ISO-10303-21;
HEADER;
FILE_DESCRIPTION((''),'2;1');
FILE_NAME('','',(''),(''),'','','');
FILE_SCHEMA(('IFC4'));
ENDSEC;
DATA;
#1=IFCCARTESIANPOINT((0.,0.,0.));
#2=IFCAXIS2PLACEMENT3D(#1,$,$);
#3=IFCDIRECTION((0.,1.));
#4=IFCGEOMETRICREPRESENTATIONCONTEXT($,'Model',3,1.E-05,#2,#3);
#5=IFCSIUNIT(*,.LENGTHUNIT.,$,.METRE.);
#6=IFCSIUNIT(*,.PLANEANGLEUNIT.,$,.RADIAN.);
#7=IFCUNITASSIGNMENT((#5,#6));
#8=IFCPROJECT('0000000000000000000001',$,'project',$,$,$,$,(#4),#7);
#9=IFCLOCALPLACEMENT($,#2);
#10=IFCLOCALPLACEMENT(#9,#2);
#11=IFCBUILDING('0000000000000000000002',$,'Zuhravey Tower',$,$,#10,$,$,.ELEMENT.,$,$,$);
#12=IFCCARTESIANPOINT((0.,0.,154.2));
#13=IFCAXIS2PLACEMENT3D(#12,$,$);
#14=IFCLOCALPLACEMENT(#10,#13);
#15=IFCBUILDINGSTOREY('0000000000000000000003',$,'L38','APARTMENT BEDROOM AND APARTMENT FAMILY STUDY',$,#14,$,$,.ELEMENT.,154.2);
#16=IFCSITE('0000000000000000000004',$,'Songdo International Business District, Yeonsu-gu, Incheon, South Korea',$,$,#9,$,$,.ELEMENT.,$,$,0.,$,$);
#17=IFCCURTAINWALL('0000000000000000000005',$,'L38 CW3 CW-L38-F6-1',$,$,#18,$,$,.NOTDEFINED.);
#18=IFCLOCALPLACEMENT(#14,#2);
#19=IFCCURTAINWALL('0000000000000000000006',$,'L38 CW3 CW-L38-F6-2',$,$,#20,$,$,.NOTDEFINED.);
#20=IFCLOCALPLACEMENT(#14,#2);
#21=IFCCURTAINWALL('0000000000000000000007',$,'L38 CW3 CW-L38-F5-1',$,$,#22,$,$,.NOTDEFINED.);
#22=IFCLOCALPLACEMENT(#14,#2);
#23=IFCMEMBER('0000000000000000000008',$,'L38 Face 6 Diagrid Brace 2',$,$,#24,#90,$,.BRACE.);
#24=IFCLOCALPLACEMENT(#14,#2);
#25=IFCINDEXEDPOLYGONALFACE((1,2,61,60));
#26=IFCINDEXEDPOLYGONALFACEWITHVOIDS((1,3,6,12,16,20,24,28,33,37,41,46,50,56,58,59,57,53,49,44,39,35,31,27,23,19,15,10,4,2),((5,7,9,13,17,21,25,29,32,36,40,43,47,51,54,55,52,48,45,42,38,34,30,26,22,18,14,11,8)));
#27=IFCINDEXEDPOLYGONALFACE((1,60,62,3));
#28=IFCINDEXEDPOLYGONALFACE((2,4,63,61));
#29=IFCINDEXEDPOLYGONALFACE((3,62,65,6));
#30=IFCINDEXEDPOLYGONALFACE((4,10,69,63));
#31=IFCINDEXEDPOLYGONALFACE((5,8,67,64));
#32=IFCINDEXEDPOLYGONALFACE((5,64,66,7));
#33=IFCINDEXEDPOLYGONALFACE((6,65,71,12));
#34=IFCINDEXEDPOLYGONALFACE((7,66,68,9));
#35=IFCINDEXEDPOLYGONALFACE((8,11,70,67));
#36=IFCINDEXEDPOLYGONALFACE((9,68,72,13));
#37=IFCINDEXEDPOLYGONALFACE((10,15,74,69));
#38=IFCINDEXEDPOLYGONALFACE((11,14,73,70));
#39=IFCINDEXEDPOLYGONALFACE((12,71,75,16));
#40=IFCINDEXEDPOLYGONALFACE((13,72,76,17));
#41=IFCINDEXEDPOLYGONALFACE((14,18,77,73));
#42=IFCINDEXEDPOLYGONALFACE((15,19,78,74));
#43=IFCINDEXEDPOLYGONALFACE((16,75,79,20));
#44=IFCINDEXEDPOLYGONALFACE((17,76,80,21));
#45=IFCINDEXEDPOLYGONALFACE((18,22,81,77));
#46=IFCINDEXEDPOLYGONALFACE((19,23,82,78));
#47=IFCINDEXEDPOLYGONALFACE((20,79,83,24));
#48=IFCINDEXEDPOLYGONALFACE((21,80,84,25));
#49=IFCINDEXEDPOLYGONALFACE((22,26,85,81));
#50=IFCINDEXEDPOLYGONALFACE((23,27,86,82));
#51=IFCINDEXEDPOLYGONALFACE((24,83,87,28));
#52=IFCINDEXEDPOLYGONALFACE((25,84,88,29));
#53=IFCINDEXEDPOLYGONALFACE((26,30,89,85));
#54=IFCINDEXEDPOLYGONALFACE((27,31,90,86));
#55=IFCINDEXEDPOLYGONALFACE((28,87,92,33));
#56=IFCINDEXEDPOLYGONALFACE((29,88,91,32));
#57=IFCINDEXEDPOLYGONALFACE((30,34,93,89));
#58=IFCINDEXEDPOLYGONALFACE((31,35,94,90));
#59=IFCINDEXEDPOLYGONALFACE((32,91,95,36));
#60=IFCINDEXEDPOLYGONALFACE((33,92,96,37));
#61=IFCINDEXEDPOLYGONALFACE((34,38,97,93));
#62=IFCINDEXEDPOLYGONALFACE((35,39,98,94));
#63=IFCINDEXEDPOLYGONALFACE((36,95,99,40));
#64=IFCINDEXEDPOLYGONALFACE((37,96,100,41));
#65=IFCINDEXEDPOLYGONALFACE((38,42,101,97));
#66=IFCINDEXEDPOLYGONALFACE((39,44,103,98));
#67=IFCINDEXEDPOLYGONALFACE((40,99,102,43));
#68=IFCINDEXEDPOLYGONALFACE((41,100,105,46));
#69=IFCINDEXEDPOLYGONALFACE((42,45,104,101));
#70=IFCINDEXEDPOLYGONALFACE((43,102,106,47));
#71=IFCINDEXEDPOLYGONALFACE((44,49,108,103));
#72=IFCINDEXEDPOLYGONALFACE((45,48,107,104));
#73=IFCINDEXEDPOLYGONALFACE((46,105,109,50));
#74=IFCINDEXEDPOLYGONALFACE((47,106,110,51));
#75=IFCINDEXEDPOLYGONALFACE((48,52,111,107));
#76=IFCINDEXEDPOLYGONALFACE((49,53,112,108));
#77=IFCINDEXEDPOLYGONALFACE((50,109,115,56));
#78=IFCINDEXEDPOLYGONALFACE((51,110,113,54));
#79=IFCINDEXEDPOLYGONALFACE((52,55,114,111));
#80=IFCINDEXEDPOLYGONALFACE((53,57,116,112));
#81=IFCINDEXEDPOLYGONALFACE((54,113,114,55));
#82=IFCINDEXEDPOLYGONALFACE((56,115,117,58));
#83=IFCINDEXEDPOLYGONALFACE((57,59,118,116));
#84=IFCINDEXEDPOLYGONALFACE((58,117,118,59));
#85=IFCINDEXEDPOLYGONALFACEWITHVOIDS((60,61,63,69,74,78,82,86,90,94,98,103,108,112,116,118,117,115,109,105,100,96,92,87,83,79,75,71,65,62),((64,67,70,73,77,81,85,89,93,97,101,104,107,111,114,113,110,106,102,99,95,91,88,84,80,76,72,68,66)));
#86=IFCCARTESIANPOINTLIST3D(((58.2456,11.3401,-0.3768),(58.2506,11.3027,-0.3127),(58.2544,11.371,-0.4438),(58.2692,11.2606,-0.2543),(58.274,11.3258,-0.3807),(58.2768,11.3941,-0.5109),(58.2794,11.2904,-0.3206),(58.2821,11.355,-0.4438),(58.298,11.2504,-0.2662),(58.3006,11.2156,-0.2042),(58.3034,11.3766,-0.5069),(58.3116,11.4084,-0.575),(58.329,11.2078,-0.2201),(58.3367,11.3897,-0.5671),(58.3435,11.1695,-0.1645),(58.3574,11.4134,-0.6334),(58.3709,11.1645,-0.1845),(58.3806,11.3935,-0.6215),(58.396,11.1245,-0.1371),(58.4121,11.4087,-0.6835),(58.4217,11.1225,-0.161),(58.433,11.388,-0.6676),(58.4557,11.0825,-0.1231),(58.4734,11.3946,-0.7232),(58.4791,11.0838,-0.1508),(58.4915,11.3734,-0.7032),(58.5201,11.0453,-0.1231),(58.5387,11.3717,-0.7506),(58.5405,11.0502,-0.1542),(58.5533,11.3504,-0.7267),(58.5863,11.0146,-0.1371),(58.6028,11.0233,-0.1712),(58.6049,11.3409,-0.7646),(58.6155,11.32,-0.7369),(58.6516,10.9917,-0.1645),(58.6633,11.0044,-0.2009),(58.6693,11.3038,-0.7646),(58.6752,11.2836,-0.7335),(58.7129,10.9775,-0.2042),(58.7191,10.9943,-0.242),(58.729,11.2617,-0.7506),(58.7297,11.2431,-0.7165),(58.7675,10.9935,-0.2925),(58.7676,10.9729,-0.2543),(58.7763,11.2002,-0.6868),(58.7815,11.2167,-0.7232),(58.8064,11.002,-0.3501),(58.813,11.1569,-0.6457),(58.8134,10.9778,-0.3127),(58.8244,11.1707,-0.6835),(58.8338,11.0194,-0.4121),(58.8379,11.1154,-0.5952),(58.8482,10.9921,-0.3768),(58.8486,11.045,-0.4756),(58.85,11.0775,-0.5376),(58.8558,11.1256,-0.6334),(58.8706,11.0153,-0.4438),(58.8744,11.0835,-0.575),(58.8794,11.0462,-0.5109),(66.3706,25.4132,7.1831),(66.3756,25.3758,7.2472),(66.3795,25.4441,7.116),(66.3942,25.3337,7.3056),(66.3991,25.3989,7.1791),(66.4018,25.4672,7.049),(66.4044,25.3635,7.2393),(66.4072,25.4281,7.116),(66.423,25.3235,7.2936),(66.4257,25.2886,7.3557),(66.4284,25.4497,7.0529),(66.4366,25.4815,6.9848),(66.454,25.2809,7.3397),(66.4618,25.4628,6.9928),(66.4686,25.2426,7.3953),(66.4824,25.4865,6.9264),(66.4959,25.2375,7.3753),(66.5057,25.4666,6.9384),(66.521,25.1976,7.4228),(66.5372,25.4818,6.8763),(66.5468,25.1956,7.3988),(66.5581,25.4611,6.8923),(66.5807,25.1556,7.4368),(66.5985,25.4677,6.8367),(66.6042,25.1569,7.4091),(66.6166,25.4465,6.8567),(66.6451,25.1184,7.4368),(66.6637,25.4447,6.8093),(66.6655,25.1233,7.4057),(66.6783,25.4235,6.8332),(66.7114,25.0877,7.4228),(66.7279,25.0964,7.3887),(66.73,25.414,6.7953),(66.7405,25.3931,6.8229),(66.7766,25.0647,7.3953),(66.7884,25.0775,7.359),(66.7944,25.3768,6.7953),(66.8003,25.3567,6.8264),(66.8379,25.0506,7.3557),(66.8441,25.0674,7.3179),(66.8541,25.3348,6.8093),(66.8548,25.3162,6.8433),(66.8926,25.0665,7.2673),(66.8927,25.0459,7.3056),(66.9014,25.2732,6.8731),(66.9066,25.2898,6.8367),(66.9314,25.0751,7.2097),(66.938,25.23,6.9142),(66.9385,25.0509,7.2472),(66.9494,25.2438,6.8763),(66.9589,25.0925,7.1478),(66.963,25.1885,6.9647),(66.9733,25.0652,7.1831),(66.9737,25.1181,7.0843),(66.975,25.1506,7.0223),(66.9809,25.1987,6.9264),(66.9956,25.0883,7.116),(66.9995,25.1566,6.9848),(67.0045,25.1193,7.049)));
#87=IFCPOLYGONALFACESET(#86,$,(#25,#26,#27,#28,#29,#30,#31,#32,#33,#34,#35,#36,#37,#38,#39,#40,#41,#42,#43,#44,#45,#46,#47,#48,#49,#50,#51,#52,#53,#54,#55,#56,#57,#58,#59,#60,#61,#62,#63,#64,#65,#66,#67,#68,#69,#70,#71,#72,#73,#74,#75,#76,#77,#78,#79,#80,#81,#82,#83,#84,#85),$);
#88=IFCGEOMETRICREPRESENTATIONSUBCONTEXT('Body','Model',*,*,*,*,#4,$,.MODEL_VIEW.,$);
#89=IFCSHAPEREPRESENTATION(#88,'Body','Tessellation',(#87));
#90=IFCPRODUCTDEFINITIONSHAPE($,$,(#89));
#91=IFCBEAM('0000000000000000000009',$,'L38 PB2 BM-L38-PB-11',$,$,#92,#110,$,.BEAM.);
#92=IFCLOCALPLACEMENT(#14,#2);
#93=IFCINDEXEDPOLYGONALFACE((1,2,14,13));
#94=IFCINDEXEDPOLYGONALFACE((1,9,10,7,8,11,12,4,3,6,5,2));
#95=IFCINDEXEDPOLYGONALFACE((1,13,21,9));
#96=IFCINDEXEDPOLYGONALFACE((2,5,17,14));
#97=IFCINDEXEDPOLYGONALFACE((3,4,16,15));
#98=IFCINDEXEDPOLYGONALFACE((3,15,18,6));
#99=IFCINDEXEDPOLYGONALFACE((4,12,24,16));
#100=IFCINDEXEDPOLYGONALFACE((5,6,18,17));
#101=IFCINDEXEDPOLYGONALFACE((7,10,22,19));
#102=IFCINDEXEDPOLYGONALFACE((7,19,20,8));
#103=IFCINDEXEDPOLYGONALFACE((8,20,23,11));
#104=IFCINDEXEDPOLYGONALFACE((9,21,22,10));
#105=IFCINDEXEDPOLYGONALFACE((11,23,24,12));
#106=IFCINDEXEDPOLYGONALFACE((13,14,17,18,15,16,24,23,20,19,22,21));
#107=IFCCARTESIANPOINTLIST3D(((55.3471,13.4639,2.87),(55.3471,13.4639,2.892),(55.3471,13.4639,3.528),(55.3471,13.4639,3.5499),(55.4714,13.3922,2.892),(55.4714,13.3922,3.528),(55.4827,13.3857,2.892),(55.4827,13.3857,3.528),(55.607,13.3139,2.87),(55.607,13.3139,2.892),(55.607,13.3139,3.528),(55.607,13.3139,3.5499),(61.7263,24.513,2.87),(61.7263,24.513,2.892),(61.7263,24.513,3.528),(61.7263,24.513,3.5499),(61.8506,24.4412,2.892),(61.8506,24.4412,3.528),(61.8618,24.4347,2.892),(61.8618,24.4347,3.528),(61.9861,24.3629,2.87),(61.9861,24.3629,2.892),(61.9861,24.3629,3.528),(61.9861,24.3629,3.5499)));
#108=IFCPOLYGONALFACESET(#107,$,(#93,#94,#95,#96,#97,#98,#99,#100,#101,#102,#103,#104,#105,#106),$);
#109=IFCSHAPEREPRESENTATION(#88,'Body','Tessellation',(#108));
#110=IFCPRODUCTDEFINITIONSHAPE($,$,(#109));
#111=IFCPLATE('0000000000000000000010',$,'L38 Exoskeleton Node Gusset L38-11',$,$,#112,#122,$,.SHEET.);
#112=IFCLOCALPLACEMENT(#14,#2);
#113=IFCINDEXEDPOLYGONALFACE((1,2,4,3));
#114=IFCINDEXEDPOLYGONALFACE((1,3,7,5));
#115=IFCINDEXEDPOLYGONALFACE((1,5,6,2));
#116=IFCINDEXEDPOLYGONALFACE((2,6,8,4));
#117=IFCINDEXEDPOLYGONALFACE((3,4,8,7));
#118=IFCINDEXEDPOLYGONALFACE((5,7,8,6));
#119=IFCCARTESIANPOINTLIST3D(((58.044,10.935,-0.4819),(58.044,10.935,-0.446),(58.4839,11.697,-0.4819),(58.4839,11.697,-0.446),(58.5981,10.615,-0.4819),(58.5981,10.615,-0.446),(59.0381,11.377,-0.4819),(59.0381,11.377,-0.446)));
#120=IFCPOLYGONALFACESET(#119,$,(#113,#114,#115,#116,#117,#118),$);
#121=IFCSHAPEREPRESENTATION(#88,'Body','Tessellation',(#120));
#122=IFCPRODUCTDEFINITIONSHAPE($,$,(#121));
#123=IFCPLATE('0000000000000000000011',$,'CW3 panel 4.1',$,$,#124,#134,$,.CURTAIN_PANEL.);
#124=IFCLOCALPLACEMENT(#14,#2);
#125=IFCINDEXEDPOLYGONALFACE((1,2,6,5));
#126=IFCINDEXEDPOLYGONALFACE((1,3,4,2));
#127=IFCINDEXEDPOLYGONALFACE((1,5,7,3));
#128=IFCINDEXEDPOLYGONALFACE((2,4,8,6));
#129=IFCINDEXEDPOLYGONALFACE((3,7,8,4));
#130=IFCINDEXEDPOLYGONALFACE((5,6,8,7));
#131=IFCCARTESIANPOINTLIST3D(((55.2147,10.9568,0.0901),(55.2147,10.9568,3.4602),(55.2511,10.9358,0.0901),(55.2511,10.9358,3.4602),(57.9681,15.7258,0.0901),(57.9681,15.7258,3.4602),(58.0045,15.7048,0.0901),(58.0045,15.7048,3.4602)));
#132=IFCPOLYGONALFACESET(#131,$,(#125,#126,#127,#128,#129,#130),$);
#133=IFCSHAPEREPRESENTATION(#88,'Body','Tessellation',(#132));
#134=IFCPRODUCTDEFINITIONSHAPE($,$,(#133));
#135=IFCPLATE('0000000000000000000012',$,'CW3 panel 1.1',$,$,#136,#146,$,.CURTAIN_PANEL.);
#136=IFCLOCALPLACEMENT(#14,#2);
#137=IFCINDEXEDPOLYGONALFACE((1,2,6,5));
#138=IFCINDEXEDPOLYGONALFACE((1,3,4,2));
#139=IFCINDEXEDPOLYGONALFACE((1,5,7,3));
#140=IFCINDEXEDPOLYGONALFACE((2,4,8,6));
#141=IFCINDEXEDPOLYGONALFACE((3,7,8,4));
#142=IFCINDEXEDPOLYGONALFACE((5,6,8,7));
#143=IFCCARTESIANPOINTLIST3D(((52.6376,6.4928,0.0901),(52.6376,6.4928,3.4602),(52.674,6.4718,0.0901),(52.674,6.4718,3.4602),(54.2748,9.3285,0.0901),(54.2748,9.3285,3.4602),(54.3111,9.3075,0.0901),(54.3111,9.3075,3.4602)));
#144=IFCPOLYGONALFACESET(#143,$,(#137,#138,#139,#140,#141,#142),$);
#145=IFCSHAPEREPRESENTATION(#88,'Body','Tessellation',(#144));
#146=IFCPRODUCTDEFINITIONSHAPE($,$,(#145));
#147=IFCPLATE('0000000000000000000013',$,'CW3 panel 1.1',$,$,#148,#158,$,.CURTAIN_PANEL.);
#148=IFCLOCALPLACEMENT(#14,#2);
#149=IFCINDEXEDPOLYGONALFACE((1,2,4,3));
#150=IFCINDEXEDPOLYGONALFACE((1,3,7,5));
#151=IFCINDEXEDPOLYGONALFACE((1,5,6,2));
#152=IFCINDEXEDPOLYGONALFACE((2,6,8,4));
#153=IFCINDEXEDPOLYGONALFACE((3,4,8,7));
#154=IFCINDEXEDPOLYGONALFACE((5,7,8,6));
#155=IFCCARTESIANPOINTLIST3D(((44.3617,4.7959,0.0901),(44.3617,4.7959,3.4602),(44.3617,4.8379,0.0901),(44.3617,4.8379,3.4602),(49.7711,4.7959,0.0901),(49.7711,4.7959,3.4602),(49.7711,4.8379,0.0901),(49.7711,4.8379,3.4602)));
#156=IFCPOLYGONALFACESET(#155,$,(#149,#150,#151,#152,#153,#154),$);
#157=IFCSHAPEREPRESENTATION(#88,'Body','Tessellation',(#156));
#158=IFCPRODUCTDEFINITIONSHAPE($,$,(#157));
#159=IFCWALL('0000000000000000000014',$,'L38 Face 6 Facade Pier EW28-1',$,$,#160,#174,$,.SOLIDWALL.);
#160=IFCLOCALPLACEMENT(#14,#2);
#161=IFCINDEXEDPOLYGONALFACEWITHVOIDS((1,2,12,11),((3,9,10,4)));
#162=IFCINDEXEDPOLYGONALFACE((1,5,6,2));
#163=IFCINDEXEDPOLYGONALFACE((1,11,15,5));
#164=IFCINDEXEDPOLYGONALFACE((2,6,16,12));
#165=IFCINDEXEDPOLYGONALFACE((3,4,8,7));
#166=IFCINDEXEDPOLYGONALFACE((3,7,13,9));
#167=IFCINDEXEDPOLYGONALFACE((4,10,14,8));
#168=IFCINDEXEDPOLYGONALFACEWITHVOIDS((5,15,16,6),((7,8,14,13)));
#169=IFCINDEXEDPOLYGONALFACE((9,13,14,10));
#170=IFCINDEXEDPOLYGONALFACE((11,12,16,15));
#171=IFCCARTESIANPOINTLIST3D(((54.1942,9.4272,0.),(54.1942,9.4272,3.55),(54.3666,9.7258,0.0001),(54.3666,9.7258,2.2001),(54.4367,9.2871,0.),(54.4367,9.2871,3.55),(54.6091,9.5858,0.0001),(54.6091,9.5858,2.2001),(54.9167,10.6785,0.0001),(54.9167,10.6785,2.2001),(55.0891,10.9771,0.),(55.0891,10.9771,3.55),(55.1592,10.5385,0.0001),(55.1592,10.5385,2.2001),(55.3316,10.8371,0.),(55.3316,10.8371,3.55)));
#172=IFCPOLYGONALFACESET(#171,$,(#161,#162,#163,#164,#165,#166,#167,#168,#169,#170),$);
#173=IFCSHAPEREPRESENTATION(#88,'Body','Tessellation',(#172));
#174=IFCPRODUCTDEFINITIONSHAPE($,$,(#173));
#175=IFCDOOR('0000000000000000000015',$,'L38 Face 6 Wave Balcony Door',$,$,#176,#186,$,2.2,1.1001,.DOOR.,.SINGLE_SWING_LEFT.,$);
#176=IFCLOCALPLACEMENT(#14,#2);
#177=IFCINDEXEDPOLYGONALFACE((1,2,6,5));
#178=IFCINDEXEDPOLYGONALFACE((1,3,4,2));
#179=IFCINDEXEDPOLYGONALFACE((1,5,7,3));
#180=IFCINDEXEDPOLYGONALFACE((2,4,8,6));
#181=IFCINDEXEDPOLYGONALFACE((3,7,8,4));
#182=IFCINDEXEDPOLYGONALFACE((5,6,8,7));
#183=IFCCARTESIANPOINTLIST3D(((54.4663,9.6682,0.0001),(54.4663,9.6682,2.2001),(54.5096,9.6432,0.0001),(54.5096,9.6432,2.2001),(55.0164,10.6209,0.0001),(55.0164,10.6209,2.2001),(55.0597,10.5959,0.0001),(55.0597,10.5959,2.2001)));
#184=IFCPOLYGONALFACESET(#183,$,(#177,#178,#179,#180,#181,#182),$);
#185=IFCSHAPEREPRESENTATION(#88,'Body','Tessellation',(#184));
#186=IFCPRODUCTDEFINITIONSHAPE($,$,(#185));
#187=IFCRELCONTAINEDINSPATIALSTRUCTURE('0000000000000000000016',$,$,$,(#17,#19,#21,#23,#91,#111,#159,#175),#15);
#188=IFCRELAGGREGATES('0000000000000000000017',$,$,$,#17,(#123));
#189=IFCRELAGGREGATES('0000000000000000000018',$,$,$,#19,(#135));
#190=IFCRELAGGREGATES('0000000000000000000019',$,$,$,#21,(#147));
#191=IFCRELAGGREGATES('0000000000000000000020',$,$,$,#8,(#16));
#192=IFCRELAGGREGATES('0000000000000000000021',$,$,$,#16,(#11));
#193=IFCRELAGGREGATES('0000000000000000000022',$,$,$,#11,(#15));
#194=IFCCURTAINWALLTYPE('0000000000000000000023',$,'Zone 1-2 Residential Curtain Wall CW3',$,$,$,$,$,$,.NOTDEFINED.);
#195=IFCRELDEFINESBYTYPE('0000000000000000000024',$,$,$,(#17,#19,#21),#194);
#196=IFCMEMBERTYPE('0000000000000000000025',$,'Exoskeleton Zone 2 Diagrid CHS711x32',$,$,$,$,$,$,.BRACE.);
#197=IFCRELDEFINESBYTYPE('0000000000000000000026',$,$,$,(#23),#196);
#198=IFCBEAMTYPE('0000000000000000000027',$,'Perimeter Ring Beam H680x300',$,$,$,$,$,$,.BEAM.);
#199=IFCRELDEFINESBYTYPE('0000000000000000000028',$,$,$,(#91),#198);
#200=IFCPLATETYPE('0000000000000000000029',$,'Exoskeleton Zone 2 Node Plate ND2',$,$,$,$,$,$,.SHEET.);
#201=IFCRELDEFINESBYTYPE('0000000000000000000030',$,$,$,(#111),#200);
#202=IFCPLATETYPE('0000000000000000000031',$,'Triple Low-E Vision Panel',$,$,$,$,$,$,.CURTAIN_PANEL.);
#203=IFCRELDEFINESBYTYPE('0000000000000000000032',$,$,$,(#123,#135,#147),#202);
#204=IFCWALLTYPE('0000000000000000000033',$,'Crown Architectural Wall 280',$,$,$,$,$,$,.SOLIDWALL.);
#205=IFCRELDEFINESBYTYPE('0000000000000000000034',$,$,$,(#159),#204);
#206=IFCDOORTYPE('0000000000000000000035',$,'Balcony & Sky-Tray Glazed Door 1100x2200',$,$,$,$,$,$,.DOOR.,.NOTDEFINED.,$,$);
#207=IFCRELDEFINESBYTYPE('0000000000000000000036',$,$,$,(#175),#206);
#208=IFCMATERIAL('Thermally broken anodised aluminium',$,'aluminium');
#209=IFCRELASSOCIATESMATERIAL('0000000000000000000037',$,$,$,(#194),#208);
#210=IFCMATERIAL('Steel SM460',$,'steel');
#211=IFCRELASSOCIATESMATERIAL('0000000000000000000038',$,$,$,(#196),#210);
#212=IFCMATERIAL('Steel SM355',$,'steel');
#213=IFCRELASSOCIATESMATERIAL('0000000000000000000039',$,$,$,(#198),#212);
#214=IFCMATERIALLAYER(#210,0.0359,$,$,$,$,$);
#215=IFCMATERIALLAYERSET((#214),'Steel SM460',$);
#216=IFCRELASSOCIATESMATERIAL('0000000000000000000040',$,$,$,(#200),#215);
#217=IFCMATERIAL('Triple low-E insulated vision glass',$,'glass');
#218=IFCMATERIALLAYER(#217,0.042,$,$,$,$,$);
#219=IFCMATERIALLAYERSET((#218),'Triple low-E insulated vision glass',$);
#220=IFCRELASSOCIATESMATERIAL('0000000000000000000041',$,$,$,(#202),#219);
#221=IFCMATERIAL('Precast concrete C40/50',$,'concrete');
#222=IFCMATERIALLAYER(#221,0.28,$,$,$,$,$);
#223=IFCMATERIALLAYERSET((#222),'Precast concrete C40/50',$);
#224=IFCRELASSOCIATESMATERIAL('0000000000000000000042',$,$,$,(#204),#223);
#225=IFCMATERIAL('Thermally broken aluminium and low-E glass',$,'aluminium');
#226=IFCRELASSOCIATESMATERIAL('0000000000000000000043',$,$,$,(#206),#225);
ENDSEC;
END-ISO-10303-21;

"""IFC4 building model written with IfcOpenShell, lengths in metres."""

from ifc_helpers import new_model, si_unit, direction, frame, frame_2d, origin, origin_2d, place, context, subcontext, project, spatial, rectangle, hollow_circle, i_section, extrude, material, layer, layer_set, material_profile, profile_set, type_object, element, fill, aggregate, save


model = new_model("IFC4")

# Units and contexts
model_context = context("Model", 3, precision=1e-05, world=origin(), true_north=direction((0.0, 1.0)))
body_context = subcontext(model_context, "Body", "Model", "MODEL_VIEW")
ifc_project = project(units=[si_unit("LENGTHUNIT", "METRE"), si_unit("PLANEANGLEUNIT", "RADIAN")], contexts=[model_context])

# Site, building, storey
site_placement = place(None, origin())
site = spatial("IfcSite", under=ifc_project, at=site_placement, Name="Songdo International Business District, Yeonsu-gu, Incheon, South Korea", CompositionType="ELEMENT", RefElevation=0.0)
building_placement = place(site_placement, origin())
building = spatial("IfcBuilding", under=site, at=building_placement, Name="Zuhravey Tower", CompositionType="ELEMENT")
storey_placement = place(building_placement, frame((0.0, 0.0, 154.2)))
storey = spatial("IfcBuildingStorey", under=building, at=storey_placement, Name="L38", Description="APARTMENT BEDROOM AND APARTMENT FAMILY STUDY", CompositionType="ELEMENT", Elevation=154.2)

# Curtain wall
ifc_material_1 = material(Name="Thermally broken anodised aluminium", Category="aluminium")
curtain_wall_type = type_object("IfcCurtainWallType", Name="Zone 1-2 Residential Curtain Wall CW3", PredefinedType="NOTDEFINED", material=ifc_material_1)
curtain_wall_1_placement = place(storey_placement, origin())
curtain_wall_1 = element("IfcCurtainWall", 1, at=curtain_wall_1_placement, inside=storey, type_object=curtain_wall_type, Name="L38 CW3 CW-L38-F6-1", PredefinedType="NOTDEFINED")

# Curtain wall
curtain_wall_2_placement = place(storey_placement, origin())
curtain_wall_2 = element("IfcCurtainWall", 2, at=curtain_wall_2_placement, inside=storey, type_object=curtain_wall_type, Name="L38 CW3 CW-L38-F6-2", PredefinedType="NOTDEFINED")

# Curtain wall
curtain_wall_3_placement = place(storey_placement, origin())
curtain_wall_3 = element("IfcCurtainWall", 3, at=curtain_wall_3_placement, inside=storey, type_object=curtain_wall_type, Name="L38 CW3 CW-L38-F5-1", PredefinedType="NOTDEFINED")

# Member
ifc_material_2 = material(Name="Steel SM355", Category="steel")
ifc_material_3 = material(Name="Steel SM460", Category="steel")
ifc_material_profile_1 = material_profile(ifc_material_3, hollow_circle(Radius=0.3557, WallThickness=0.032, at=origin_2d()), Name="CHS-711.2x32")
ifc_profile_set_1 = profile_set([ifc_material_profile_1], Name="Steel SM460")
member_type_1 = type_object("IfcMemberType", Name="Exoskeleton Zone 2 Diagrid CHS711x32", PredefinedType="BRACE", material=ifc_profile_set_1)
member_1_placement = place(storey_placement, frame((58.5625, 11.1931, -0.4438), z_axis=(0.453341, 0.785214, 0.421806), x_axis=(-0.866027, 0.499998, 0.0)))
element("IfcMember", 4, at=member_1_placement, inside=storey, type_object=member_type_1, Name="L38 Face 6 Diagrid Brace 2", PredefinedType="BRACE", context=body_context, shape_type="SweptSolid", body=[
    extrude(hollow_circle(Radius=0.3557, WallThickness=0.032, at=origin_2d()), origin(), (0.0, 0.0, 1.0), 17.9226),
])

# Beam
ifc_material_profile_2 = material_profile(ifc_material_2, i_section(OverallWidth=0.3, OverallDepth=0.6799, WebThickness=0.0129, FlangeThickness=0.022, at=origin_2d()), Name="H-680x300x13x22")
ifc_profile_set_2 = profile_set([ifc_material_profile_2], Name="Steel SM355")
beam_type = type_object("IfcBeamType", Name="Perimeter Ring Beam H680x300", PredefinedType="BEAM", material=ifc_profile_set_2)
beam_placement = place(storey_placement, frame((55.4771, 13.3889, 3.21), z_axis=(0.499998, 0.866027, 0.0), x_axis=(-0.866027, 0.499998, 0.0)))
element("IfcBeam", 5, at=beam_placement, inside=storey, type_object=beam_type, Name="L38 PB2 BM-L38-PB-11", PredefinedType="BEAM", context=body_context, shape_type="SweptSolid", body=[
    extrude(i_section(OverallWidth=0.3, OverallDepth=0.6799, WebThickness=0.0129, FlangeThickness=0.022, at=origin_2d()), origin(), (0.0, 0.0, 1.0), 12.7583),
])

# Plates
ifc_layer_1 = layer(ifc_material_3, 0.0359)
ifc_layer_set_1 = layer_set([ifc_layer_1], Name="Steel SM460")
plate_type_1 = type_object("IfcPlateType", Name="Exoskeleton Zone 2 Node Plate ND2", PredefinedType="SHEET", material=ifc_layer_set_1)
plate_1_placement = place(storey_placement, frame((58.541, 11.156, -0.4819), z_axis=(0.0, 0.0, 1.0), x_axis=(0.5, 0.866025, 0.0)))
element("IfcPlate", 6, at=plate_1_placement, inside=storey, type_object=plate_type_1, Name="L38 Exoskeleton Node Gusset L38-11", PredefinedType="SHEET", context=body_context, shape_type="SweptSolid", body=[
    extrude(rectangle(XDim=0.8799, YDim=0.6399, at=origin_2d()), origin(), (0.0, 0.0, 1.0), 0.0359),
])
ifc_material_4 = material(Name="Triple low-E insulated vision glass", Category="glass")
ifc_layer_2 = layer(ifc_material_4, 0.042)
ifc_layer_set_2 = layer_set([ifc_layer_2], Name="Triple low-E insulated vision glass")
plate_type_2 = type_object("IfcPlateType", Name="Triple Low-E Vision Panel", PredefinedType="CURTAIN_PANEL", material=ifc_layer_set_2)
plate_2_placement = place(storey_placement, frame((56.6096, 13.3308, 0.0901), z_axis=(0.0, 0.0, 1.0), x_axis=(-0.500002, -0.866024, 0.0)))
plate_2 = element("IfcPlate", 7, at=plate_2_placement, type_object=plate_type_2, Name="CW3 panel 4.1", PredefinedType="CURTAIN_PANEL", context=body_context, shape_type="SweptSolid", body=[
    extrude(rectangle(XDim=5.5068, YDim=0.042, at=origin_2d()), origin(), (0.0, 0.0, 1.0), 3.3701),
])
aggregate(curtain_wall_1, [plate_2])
plate_3_placement = place(storey_placement, frame((53.4744, 7.9001, 0.0901), z_axis=(0.0, 0.0, 1.0), x_axis=(-0.499987, -0.866033, 0.0)))
plate_3 = element("IfcPlate", 8, at=plate_3_placement, type_object=plate_type_2, Name="CW3 panel 1.1", PredefinedType="CURTAIN_PANEL", context=body_context, shape_type="SweptSolid", body=[
    extrude(rectangle(XDim=3.2744, YDim=0.042, at=origin_2d()), origin(), (0.0, 0.0, 1.0), 3.3701),
])
aggregate(curtain_wall_2, [plate_3])
plate_4_placement = place(storey_placement, frame((47.0664, 4.8169, 0.0901), z_axis=(0.0, 0.0, 1.0), x_axis=(-1.0, 0.0, 0.0)))
plate_4 = element("IfcPlate", 9, at=plate_4_placement, type_object=plate_type_2, Name="CW3 panel 1.1", PredefinedType="CURTAIN_PANEL", context=body_context, shape_type="SweptSolid", body=[
    extrude(rectangle(XDim=5.4094, YDim=0.042, at=origin_2d()), origin(), (0.0, 0.0, 1.0), 3.3701),
])
aggregate(curtain_wall_3, [plate_4])

# Wall, opening, door
ifc_material_5 = material(Name="Precast concrete C40/50", Category="concrete")
ifc_layer_3 = layer(ifc_material_5, 0.28)
ifc_layer_set_3 = layer_set([ifc_layer_3], Name="Precast concrete C40/50")
wall_type_1 = type_object("IfcWallType", Name="Crown Architectural Wall 280", PredefinedType="SOLIDWALL", material=ifc_layer_set_3)
wall_1_placement = place(storey_placement, frame((55.2104, 10.9072, 0.0), z_axis=(0.0, 0.0, 1.0), x_axis=(-0.500041, -0.866002, 0.0)))
wall_1 = element("IfcWall", 10, at=wall_1_placement, inside=storey, type_object=wall_type_1, Name="L38 Face 6 Facade Pier EW28-1", PredefinedType="SOLIDWALL", context=body_context, shape_type="SweptSolid", body=[
    extrude(rectangle(XDim=1.7898, YDim=0.28, at=frame_2d((0.895, 0.0))), origin(), (0.0, 0.0, 1.0), 3.55),
])
opening_1_placement = place(wall_1_placement, frame((0.345, 0.0, 0.0)))
opening_1 = element("IfcOpeningElement", 11, at=opening_1_placement, cuts=wall_1, PredefinedType="OPENING", context=body_context, shape_type="SweptSolid", body=[
    extrude(rectangle(XDim=1.1001, YDim=2.2, at=frame_2d((0.55, 1.1001))), frame((0.0, 0.1521, 0.0), z_axis=(0.0, -1.0, 0.0), x_axis=(1.0, 0.0, 0.0)), (0.0, 0.0, 1.0), 0.304),
])
ifc_material_6 = material(Name="Thermally broken aluminium and low-E glass", Category="aluminium")
door_type_1 = type_object("IfcDoorType", Name="Balcony & Sky-Tray Glazed Door 1100x2200", OperationType="NOTDEFINED", PredefinedType="DOOR", material=ifc_material_6)
door_1_placement = place(opening_1_placement, frame((1.1001, 0.0, 0.0), z_axis=(0.0, 0.0, 1.0), x_axis=(-1.0, 0.0, 0.0)))
door_1 = element("IfcDoor", 12, at=door_1_placement, inside=storey, type_object=door_type_1, Name="L38 Face 6 Wave Balcony Door", OperationType="SINGLE_SWING_LEFT", OverallHeight=2.2, OverallWidth=1.1001, PredefinedType="DOOR", context=body_context, shape_type="SweptSolid", body=[
    extrude(rectangle(XDim=1.1001, YDim=2.2, at=frame_2d((0.55, 1.1001))), frame((0.0, 0.0249, 0.0), z_axis=(0.0, -1.0, 0.0), x_axis=(1.0, 0.0, 0.0)), (0.0, 0.0, 1.0), 0.05),
])
fill(opening_1, door_1)

save(model, "model.ifc")
